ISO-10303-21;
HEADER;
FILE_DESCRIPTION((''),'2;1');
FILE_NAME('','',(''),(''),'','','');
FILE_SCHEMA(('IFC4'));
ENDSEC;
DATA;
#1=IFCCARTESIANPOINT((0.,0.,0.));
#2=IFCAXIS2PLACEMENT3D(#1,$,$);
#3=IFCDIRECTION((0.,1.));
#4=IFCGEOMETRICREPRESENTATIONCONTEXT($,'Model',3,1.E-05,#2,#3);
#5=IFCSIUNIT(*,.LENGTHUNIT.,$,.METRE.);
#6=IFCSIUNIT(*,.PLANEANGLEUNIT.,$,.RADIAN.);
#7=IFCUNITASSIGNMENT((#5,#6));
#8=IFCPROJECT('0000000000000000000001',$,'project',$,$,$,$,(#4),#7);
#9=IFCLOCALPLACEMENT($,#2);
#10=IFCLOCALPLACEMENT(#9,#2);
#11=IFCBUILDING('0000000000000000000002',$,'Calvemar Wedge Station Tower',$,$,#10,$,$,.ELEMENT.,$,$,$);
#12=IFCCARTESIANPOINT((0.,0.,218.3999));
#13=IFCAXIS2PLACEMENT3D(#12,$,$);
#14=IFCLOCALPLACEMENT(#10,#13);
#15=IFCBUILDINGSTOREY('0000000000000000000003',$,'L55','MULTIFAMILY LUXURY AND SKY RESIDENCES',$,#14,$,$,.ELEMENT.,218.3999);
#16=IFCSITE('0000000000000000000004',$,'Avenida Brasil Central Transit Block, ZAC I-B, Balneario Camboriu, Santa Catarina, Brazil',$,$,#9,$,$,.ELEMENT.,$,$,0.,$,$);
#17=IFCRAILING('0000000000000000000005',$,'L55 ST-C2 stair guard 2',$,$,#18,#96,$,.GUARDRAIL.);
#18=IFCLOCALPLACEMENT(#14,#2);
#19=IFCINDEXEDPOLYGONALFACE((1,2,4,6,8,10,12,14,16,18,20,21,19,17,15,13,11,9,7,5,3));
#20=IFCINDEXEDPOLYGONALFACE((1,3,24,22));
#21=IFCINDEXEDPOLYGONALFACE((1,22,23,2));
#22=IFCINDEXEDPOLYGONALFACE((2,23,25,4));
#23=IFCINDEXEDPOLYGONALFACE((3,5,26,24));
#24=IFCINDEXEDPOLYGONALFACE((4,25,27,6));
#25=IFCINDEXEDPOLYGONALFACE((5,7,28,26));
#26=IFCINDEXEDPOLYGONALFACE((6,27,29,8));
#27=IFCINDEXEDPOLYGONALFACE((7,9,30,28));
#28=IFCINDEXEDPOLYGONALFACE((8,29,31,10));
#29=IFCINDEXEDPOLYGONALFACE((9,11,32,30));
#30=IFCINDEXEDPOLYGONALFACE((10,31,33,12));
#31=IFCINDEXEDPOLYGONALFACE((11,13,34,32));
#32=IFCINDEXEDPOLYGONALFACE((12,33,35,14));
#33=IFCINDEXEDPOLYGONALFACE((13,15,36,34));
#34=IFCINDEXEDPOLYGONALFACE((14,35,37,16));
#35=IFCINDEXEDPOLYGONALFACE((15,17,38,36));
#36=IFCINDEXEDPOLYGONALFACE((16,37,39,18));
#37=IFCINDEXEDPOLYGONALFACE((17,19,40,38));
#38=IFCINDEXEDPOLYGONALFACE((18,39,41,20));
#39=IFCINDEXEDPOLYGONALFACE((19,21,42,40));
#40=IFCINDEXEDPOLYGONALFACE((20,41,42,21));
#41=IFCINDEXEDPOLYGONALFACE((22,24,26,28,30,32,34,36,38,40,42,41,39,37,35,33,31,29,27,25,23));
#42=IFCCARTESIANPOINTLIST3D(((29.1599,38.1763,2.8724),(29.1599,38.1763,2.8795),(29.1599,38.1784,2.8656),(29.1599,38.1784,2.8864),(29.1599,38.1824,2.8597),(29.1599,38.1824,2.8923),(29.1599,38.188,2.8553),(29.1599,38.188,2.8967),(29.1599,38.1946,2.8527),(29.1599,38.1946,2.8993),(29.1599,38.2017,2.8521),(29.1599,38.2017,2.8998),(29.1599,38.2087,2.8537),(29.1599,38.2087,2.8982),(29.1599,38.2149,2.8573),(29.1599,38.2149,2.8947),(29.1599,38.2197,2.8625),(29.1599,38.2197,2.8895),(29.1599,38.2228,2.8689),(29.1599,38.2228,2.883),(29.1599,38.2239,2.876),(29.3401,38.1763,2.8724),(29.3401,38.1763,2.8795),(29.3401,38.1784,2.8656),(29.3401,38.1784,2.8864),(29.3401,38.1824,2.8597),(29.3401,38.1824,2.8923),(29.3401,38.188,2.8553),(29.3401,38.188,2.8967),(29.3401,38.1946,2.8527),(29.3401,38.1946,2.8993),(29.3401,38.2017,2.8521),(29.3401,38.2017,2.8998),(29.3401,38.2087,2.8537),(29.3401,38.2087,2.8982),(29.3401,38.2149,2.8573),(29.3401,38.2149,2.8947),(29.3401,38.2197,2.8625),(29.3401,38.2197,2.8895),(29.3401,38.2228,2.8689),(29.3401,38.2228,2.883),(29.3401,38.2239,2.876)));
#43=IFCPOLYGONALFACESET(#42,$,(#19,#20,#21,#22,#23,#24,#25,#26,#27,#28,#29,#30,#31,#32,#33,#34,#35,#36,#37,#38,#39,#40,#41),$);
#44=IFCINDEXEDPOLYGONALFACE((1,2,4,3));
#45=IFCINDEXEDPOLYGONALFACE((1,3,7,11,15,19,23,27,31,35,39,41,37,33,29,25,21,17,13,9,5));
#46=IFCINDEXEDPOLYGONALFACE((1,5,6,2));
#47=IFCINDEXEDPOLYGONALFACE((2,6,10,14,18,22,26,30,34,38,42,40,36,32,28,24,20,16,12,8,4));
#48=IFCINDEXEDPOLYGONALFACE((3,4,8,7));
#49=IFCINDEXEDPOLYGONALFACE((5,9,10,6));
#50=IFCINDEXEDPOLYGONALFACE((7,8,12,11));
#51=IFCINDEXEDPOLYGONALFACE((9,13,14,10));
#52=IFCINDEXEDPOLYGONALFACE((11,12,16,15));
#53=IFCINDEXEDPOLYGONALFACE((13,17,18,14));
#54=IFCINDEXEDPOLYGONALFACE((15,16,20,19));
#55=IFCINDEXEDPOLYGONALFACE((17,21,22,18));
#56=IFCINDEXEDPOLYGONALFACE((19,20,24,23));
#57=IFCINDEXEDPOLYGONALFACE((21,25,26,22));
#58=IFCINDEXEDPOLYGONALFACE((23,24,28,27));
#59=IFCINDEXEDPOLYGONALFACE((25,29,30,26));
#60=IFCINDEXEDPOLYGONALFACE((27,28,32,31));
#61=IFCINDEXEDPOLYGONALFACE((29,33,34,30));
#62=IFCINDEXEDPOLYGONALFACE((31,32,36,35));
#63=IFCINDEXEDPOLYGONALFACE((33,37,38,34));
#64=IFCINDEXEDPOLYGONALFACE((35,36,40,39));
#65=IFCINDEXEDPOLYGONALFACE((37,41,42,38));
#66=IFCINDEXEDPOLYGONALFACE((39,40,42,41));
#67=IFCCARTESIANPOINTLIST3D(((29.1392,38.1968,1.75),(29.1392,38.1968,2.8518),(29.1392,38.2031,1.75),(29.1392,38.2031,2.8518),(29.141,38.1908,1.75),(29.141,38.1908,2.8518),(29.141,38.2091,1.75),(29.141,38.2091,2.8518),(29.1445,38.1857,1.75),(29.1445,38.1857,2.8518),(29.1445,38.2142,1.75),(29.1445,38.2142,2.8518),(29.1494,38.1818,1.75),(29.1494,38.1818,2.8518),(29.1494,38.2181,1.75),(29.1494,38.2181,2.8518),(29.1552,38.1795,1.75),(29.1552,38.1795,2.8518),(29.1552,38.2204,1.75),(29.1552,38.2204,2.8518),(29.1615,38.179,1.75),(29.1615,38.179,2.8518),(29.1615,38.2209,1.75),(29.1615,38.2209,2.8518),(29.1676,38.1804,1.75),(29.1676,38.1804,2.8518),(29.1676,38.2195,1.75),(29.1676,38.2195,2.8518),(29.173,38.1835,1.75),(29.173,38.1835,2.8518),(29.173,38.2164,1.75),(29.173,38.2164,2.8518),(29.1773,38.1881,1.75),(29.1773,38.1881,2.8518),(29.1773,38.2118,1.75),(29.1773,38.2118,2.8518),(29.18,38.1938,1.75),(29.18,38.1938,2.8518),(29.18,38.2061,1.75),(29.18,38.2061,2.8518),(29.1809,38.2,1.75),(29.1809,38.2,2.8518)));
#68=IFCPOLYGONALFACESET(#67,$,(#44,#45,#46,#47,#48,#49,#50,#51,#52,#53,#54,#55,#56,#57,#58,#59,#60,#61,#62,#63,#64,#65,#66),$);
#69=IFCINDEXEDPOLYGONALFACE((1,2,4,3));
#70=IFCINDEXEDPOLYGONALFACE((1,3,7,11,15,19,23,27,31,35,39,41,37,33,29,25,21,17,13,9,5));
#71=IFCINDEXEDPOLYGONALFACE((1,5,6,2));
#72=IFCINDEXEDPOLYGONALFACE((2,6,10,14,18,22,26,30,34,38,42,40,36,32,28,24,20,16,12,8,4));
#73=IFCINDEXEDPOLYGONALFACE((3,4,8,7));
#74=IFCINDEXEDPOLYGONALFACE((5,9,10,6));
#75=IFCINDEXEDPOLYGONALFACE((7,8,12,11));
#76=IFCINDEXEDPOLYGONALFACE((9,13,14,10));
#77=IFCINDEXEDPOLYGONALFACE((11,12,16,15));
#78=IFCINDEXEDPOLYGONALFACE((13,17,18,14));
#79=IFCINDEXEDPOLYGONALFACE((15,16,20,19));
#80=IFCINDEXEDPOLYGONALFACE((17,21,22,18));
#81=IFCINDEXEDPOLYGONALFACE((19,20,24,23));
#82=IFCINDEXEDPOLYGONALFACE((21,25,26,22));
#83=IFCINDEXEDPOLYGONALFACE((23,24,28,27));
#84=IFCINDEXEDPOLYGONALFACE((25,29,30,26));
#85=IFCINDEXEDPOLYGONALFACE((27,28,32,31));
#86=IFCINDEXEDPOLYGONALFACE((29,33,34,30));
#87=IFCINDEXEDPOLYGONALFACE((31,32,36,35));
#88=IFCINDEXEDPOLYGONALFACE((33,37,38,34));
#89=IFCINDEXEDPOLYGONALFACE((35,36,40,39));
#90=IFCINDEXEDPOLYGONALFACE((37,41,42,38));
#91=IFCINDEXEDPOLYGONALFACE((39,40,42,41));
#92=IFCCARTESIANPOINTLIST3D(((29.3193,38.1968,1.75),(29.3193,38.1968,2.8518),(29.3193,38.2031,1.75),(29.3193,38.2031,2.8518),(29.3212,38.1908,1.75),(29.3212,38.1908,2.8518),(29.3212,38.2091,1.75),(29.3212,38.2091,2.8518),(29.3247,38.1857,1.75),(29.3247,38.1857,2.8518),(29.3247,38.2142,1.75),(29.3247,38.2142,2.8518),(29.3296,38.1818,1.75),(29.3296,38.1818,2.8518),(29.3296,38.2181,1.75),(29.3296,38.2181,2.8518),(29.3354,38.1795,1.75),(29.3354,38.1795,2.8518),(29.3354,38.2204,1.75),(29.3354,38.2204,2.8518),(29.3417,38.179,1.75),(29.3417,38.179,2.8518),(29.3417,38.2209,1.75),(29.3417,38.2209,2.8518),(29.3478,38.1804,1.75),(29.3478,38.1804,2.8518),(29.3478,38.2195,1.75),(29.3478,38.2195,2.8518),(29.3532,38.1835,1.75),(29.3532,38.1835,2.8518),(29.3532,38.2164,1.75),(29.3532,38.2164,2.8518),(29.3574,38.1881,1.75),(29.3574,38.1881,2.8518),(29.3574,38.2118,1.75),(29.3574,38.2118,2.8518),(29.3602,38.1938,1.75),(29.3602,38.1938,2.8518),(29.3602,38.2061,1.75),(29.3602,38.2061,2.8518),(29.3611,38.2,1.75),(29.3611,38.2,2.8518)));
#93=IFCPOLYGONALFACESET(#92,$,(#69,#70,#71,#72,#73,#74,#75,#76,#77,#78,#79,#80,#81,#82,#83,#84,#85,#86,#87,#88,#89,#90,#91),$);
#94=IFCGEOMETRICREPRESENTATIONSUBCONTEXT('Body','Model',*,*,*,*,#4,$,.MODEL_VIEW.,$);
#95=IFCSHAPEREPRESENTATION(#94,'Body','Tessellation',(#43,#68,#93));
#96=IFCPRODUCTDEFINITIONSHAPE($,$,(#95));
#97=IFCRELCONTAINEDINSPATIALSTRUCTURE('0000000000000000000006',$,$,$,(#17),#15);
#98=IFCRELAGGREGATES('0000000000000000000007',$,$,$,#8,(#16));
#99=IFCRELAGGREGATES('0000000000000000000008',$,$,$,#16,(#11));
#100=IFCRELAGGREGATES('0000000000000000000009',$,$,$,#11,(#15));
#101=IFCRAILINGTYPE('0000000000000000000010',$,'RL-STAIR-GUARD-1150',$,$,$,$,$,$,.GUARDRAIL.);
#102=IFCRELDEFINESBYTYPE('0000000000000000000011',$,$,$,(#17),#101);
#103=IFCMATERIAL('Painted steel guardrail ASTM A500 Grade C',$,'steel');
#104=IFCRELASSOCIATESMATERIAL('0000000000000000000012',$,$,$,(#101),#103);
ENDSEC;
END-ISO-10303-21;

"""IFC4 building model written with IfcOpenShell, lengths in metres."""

from ifc_helpers import new_model, si_unit, direction, frame, origin, origin_2d, place, context, subcontext, project, spatial, circle, extrude, material, type_object, element, save


model = new_model("IFC4")

# Units and contexts
model_context = context("Model", 3, precision=1e-05, world=origin(), true_north=direction((0.0, 1.0)))
body_context = subcontext(model_context, "Body", "Model", "MODEL_VIEW")
ifc_project = project(units=[si_unit("LENGTHUNIT", "METRE"), si_unit("PLANEANGLEUNIT", "RADIAN")], contexts=[model_context])

# Site, building, storey
site_placement = place(None, origin())
site = spatial("IfcSite", under=ifc_project, at=site_placement, Name="Avenida Brasil Central Transit Block, ZAC I-B, Balneario Camboriu, Santa Catarina, Brazil", CompositionType="ELEMENT", RefElevation=0.0)
building_placement = place(site_placement, origin())
building = spatial("IfcBuilding", under=site, at=building_placement, Name="Calvemar Wedge Station Tower", CompositionType="ELEMENT")
storey_placement = place(building_placement, frame((0.0, 0.0, 218.3999)))
storey = spatial("IfcBuildingStorey", under=building, at=storey_placement, Name="L55", Description="MULTIFAMILY LUXURY AND SKY RESIDENCES", CompositionType="ELEMENT", Elevation=218.3999)

# Railing
ifc_material_1 = material(Name="Painted steel guardrail ASTM A500 Grade C", Category="steel")
railing_type_1 = type_object("IfcRailingType", Name="RL-STAIR-GUARD-1150", PredefinedType="GUARDRAIL", material=ifc_material_1)
railing_1_placement = place(storey_placement, frame((29.1599, 38.2, 1.75)))
element("IfcRailing", 1, at=railing_1_placement, inside=storey, type_object=railing_type_1, Name="L55 ST-C2 stair guard 2", PredefinedType="GUARDRAIL", context=body_context, shape_type="SweptSolid", body=[
    extrude(circle(Radius=0.0239, at=origin_2d()), frame((0.0, 0.0, 1.126), z_axis=(1.0, 0.0, 0.0), x_axis=(0.0, 1.0, 0.0)), (0.0, 0.0, 1.0), 0.1802),
    extrude(circle(Radius=0.021, at=origin_2d()), origin(), (0.0, 0.0, 1.0), 1.1018),
    extrude(circle(Radius=0.021, at=origin_2d()), frame((0.1802, 0.0, 0.0)), (0.0, 0.0, 1.0), 1.1018),
])

save(model, "model.ifc")
